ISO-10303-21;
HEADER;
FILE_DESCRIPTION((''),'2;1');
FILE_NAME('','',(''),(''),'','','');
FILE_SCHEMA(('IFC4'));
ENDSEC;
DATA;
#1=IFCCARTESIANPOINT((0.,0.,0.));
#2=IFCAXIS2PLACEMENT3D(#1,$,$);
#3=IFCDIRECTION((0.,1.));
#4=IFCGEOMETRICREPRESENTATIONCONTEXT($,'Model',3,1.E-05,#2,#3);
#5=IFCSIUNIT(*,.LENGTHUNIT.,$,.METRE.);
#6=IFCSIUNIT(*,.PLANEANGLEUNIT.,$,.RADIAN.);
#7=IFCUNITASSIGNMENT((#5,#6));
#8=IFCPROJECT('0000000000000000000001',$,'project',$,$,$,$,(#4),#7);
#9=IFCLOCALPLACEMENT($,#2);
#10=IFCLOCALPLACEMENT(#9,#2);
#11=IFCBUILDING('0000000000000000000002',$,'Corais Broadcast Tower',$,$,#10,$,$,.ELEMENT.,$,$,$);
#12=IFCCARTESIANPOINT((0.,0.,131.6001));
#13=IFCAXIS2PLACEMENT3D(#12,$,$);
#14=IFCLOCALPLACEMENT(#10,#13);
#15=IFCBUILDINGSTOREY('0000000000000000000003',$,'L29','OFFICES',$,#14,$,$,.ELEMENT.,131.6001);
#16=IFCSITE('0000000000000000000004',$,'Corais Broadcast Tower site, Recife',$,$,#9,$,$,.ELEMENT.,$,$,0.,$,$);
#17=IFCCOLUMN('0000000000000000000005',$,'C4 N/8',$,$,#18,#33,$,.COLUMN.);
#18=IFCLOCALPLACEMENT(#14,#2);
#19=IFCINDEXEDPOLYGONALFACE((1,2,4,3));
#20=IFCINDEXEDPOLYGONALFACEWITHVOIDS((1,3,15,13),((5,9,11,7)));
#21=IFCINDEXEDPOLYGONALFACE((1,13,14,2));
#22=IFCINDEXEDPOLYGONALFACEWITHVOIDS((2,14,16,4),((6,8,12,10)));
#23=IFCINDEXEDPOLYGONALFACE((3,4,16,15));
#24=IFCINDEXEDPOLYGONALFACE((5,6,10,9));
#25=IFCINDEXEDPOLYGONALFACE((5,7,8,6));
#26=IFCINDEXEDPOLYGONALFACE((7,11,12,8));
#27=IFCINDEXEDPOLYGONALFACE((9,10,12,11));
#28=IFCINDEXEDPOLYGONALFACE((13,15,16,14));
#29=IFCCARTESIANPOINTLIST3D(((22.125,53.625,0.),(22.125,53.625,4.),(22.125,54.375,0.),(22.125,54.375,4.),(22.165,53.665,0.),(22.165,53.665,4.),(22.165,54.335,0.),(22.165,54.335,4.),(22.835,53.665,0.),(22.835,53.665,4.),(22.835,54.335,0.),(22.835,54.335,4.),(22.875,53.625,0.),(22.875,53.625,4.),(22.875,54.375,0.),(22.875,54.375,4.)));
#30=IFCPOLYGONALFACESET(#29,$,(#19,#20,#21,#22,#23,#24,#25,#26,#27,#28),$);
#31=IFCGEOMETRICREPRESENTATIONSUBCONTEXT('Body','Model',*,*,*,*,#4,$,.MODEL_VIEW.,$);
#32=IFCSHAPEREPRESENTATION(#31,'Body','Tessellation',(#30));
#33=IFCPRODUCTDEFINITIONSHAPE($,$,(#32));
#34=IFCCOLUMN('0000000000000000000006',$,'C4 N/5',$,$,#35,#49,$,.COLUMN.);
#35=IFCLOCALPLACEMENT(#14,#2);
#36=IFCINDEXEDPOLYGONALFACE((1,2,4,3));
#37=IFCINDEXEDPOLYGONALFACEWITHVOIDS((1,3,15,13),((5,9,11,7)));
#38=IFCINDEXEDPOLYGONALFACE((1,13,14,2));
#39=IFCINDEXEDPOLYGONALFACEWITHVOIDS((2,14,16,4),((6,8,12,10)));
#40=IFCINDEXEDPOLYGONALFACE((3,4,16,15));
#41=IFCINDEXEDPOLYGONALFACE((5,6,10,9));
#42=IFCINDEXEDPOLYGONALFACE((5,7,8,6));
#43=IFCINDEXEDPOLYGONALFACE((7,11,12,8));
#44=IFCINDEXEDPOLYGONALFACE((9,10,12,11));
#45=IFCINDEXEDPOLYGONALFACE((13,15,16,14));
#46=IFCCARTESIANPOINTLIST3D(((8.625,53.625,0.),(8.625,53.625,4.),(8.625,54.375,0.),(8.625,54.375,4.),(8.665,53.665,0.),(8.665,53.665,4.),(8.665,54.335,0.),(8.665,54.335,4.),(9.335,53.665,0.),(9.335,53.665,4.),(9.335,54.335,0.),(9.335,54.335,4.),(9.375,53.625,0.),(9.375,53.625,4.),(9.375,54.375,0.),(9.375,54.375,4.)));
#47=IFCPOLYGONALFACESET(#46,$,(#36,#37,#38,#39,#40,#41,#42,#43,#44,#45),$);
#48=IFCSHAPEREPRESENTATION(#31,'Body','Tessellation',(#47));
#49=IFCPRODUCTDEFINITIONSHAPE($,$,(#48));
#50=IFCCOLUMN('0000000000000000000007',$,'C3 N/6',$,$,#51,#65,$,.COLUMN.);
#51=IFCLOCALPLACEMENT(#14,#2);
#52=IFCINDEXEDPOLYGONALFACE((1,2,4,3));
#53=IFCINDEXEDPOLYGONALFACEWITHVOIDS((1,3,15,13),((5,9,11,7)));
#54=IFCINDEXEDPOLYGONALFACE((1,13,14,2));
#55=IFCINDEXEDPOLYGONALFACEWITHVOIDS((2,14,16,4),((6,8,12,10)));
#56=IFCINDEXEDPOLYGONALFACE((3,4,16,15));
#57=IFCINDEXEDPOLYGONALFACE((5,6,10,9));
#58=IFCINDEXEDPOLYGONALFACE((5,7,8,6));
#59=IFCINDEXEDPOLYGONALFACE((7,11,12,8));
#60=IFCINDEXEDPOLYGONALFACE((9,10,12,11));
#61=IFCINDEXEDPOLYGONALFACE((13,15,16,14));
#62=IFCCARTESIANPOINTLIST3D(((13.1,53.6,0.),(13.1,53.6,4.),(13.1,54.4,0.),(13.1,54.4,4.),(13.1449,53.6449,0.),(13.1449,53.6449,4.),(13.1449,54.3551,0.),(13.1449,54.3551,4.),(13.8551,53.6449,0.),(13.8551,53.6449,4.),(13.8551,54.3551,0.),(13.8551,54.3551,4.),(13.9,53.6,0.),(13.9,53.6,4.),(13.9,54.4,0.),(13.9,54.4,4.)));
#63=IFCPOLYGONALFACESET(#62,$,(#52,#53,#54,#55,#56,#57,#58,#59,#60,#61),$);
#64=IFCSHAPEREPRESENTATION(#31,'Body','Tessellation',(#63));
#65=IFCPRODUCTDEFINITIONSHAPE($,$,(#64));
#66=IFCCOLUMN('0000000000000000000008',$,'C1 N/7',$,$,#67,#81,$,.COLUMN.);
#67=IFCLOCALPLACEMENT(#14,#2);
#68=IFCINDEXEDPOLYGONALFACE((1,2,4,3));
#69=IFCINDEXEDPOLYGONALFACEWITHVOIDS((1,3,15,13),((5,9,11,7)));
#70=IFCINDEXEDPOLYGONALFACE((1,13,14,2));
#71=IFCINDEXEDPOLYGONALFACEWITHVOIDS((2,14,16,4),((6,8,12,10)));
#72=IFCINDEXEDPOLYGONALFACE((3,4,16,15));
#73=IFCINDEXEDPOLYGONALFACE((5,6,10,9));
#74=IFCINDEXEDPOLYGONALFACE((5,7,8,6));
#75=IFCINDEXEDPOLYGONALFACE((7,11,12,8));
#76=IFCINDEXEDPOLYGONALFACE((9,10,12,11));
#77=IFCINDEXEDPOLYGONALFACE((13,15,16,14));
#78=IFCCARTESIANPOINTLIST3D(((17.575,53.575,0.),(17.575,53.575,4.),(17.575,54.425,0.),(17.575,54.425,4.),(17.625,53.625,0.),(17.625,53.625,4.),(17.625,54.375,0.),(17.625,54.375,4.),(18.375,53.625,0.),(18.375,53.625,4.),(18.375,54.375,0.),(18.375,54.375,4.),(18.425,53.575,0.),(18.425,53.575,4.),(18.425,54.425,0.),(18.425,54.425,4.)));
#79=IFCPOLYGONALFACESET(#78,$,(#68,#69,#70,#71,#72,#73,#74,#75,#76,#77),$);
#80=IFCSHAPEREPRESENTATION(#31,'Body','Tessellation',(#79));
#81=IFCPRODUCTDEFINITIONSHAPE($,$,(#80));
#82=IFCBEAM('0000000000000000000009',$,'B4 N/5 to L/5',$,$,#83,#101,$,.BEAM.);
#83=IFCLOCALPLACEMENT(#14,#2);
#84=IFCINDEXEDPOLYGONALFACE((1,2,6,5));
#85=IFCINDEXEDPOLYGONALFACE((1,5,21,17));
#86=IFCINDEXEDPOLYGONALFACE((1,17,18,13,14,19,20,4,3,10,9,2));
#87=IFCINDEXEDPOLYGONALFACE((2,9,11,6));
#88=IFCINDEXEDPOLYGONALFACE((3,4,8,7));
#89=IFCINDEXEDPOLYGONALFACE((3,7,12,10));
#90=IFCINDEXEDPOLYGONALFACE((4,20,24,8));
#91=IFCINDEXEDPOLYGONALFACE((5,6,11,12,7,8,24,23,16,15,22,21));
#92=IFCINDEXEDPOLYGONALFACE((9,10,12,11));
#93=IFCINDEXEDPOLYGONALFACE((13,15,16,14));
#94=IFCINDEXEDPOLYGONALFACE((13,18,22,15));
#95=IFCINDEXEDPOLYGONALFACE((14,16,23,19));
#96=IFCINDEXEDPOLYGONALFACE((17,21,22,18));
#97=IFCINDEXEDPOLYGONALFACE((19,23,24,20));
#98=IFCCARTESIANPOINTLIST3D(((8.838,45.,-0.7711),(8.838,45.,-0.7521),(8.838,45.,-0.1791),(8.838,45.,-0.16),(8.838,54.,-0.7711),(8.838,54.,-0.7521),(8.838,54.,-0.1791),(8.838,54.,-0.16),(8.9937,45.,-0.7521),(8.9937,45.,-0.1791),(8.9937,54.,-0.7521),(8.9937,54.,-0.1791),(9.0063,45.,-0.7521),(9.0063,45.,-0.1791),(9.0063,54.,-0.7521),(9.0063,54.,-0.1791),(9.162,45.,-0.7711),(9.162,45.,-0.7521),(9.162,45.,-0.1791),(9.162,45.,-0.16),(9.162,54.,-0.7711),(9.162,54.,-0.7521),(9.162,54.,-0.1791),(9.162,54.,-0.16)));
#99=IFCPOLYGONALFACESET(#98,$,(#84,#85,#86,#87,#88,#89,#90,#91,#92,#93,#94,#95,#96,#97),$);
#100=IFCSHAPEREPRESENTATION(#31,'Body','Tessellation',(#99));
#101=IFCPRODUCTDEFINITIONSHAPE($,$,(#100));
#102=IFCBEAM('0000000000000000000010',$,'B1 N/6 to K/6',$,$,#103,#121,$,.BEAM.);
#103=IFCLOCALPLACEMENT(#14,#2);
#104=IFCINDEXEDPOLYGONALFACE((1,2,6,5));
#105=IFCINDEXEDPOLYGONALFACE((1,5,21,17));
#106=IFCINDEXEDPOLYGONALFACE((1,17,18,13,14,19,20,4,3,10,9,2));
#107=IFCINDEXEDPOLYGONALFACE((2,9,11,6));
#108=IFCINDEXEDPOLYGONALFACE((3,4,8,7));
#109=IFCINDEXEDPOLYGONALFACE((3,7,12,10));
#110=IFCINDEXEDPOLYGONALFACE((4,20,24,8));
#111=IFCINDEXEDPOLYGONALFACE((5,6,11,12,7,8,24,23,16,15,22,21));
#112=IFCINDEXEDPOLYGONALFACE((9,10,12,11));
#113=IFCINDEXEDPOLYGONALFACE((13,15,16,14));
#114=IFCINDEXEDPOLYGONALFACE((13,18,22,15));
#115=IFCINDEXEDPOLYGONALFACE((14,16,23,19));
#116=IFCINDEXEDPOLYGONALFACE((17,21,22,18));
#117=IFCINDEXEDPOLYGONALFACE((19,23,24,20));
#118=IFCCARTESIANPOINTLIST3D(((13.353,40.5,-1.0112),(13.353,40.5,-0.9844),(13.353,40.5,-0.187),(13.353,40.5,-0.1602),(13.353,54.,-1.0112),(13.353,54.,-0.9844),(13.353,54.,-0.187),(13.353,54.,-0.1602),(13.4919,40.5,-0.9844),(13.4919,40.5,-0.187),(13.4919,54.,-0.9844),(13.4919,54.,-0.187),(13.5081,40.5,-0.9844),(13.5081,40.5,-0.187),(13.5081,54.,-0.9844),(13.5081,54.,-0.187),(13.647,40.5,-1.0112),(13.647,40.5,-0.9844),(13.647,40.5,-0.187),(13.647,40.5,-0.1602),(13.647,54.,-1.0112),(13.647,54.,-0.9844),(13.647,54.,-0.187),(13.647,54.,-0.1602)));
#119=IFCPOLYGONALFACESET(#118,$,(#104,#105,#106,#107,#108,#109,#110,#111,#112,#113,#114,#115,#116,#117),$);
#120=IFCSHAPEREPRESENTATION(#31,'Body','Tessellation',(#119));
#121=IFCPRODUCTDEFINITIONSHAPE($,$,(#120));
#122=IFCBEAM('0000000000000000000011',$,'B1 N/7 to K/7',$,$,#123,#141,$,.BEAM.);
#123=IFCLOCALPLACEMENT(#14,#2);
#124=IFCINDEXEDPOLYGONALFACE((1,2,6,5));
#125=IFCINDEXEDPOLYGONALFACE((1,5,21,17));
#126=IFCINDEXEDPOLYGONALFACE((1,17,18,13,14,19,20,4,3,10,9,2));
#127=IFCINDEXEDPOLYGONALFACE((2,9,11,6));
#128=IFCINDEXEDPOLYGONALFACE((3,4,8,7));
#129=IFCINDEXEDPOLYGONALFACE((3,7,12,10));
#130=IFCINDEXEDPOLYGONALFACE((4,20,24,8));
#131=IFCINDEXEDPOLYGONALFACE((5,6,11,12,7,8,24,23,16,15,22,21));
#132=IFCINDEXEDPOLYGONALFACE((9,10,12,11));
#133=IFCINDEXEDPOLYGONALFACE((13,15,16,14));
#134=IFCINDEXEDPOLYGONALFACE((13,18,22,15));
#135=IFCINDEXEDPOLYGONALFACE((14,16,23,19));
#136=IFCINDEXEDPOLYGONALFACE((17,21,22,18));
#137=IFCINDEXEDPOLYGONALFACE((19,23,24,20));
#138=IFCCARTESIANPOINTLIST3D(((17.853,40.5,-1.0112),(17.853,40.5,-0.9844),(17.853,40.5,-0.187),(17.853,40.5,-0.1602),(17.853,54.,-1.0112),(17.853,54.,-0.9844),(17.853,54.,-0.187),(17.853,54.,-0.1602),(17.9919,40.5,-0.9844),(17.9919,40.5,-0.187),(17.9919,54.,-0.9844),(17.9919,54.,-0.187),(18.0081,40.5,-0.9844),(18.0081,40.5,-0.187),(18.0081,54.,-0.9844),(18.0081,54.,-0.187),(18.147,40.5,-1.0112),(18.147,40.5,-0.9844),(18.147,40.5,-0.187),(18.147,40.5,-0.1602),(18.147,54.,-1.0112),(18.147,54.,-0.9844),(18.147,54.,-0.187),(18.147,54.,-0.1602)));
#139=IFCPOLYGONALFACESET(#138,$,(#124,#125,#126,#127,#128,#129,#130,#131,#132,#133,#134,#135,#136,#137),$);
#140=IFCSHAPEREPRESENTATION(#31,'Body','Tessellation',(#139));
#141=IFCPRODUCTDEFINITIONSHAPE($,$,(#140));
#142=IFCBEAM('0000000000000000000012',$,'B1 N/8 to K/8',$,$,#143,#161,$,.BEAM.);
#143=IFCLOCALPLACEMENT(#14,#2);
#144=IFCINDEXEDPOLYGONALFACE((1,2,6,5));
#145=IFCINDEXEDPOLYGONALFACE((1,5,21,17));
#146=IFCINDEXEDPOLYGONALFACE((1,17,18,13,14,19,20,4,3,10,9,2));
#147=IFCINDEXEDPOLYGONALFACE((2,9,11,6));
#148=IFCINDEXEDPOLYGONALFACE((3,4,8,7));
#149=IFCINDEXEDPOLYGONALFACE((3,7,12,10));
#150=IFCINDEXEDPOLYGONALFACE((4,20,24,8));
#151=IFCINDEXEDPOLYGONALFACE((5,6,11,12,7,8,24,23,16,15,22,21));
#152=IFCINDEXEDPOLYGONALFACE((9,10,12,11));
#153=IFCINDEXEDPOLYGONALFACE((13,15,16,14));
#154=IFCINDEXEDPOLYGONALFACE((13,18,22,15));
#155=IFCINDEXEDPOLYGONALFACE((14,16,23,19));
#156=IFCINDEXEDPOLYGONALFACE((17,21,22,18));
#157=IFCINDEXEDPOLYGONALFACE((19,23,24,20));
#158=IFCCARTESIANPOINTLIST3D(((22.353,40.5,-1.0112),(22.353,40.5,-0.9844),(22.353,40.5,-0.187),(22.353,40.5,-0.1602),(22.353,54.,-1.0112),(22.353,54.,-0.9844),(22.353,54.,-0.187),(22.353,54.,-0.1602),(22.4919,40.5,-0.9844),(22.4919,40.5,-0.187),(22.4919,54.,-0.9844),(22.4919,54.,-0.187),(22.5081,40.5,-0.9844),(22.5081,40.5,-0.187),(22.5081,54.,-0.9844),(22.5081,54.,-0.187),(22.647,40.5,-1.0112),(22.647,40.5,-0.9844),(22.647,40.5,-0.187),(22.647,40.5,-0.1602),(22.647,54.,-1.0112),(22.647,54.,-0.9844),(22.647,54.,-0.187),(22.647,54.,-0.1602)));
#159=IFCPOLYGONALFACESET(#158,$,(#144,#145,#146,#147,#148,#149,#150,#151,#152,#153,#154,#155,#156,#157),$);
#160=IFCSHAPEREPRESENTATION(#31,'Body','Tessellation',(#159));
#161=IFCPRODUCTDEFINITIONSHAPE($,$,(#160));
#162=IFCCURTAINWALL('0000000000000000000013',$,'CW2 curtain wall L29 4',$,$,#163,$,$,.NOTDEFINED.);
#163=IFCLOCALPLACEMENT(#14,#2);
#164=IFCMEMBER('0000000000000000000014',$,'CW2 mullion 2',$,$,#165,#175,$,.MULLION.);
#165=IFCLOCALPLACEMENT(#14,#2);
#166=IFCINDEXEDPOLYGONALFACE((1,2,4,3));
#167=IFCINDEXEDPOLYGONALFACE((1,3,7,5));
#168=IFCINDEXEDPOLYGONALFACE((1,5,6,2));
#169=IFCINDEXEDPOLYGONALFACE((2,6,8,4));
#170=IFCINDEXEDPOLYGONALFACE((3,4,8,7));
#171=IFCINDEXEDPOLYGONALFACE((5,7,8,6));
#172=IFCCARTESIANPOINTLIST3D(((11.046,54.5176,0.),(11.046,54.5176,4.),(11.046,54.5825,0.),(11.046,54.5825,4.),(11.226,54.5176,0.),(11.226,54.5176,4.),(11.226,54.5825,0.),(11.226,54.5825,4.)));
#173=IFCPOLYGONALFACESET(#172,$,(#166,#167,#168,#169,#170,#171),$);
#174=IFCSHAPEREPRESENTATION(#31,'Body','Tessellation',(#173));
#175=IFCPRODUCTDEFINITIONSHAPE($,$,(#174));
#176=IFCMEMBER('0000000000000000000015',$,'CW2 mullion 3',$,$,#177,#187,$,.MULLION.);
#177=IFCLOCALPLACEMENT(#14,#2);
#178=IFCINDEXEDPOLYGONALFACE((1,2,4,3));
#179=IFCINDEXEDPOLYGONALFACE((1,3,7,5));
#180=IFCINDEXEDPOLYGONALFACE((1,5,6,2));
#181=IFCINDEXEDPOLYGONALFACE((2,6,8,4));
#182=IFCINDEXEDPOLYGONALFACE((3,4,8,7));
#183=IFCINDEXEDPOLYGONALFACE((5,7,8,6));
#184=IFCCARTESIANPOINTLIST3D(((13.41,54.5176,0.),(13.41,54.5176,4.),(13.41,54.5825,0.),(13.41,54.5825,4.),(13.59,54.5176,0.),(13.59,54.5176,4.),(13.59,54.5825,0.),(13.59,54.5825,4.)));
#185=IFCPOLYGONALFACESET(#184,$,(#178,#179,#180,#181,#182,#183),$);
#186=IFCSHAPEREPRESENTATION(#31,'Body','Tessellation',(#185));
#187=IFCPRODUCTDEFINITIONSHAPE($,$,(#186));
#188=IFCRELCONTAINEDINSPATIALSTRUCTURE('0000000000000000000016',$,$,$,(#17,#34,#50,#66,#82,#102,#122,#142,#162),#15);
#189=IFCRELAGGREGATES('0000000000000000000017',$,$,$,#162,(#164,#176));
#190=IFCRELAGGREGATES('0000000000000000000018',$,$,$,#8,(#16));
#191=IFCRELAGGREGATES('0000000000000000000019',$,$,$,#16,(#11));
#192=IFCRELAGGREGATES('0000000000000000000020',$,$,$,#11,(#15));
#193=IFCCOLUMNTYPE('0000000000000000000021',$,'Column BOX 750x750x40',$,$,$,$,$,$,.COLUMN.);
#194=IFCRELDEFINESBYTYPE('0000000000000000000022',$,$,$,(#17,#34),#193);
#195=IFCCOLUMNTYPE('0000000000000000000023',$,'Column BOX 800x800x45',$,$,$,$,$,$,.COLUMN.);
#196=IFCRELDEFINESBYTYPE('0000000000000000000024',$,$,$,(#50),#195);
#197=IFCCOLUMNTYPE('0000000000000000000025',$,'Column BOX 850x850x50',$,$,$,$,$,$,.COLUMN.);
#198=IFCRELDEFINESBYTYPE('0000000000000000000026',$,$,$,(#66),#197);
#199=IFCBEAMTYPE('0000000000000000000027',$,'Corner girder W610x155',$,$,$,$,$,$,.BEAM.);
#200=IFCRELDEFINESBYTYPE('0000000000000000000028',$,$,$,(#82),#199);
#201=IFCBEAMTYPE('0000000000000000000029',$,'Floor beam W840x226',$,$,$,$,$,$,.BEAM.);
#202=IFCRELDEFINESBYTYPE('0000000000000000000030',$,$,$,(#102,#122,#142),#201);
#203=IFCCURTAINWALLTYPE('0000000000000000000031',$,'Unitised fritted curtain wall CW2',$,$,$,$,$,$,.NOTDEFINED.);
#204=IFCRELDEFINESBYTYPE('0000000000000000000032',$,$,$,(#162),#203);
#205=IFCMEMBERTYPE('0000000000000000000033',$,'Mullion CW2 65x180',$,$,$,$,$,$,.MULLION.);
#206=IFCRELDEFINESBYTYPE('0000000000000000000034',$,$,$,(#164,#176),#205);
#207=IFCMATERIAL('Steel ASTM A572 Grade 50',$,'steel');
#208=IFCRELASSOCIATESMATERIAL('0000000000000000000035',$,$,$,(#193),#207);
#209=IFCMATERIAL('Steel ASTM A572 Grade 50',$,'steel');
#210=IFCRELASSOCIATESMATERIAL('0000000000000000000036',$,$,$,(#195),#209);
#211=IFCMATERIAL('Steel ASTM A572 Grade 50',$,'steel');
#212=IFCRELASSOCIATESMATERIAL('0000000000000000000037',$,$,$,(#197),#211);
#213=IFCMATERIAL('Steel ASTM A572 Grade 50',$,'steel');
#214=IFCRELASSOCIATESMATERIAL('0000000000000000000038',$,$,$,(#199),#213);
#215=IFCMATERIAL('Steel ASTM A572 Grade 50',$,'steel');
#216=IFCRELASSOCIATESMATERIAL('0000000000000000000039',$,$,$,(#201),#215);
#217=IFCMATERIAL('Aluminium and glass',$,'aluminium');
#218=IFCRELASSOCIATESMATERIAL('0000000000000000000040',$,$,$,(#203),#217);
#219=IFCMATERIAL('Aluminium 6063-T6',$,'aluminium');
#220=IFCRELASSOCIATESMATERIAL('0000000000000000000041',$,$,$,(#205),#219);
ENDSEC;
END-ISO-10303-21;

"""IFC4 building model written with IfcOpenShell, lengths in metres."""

from ifc_helpers import new_model, si_unit, direction, frame, origin, origin_2d, place, context, subcontext, project, spatial, rectangle, hollow_rectangle, i_section, extrude, material, material_profile, profile_set, type_object, element, aggregate, save


model = new_model("IFC4")

# Units and contexts
model_context = context("Model", 3, precision=1e-05, world=origin(), true_north=direction((0.0, 1.0)))
body_context = subcontext(model_context, "Body", "Model", "MODEL_VIEW")
ifc_project = project(units=[si_unit("LENGTHUNIT", "METRE"), si_unit("PLANEANGLEUNIT", "RADIAN")], contexts=[model_context])

# Site, building, storey
site_placement = place(None, origin())
site = spatial("IfcSite", under=ifc_project, at=site_placement, Name="Corais Broadcast Tower site, Recife", CompositionType="ELEMENT", RefElevation=0.0)
building_placement = place(site_placement, origin())
building = spatial("IfcBuilding", under=site, at=building_placement, Name="Corais Broadcast Tower", CompositionType="ELEMENT")
storey_placement = place(building_placement, frame((0.0, 0.0, 131.6001)))
storey = spatial("IfcBuildingStorey", under=building, at=storey_placement, Name="L29", Description="OFFICES", CompositionType="ELEMENT", Elevation=131.6001)

# Columns
ifc_material_1 = material(Name="Steel ASTM A572 Grade 50", Category="steel")
ifc_material_profile_1 = material_profile(ifc_material_1, hollow_rectangle(XDim=0.75, YDim=0.75, WallThickness=0.04, at=origin_2d()), Name="BOX 750x750x40")
ifc_profile_set_1 = profile_set([ifc_material_profile_1], Name="Steel ASTM A572 Grade 50")
column_type_1 = type_object("IfcColumnType", Name="Column BOX 750x750x40", PredefinedType="COLUMN", material=ifc_profile_set_1)
for number, where, z_axis, x_axis, name in (
    (1, (22.5, 54.0, 0.0), (0.0, 0.0, 1.0), (1.0, 0.0, 0.0), "C4 N/8"),
    (2, (9.0, 54.0, 0.0), (0.0, 0.0, 1.0), (1.0, 0.0, 0.0), "C4 N/5"),
):
    element("IfcColumn", number, at=place(storey_placement, frame(where, z_axis=z_axis, x_axis=x_axis)), inside=storey, type_object=column_type_1, Name=name, PredefinedType="COLUMN", context=body_context, shape_type="SweptSolid", body=[
        extrude(hollow_rectangle(XDim=0.75, YDim=0.75, WallThickness=0.04, at=origin_2d()), origin(), (0.0, 0.0, 1.0), 4.0),
    ])
ifc_material_2 = material(Name="Steel ASTM A572 Grade 50", Category="steel")
ifc_material_profile_2 = material_profile(ifc_material_2, hollow_rectangle(XDim=0.8, YDim=0.8, WallThickness=0.0449, at=origin_2d()), Name="BOX 800x800x45")
ifc_profile_set_2 = profile_set([ifc_material_profile_2], Name="Steel ASTM A572 Grade 50")
column_type_2 = type_object("IfcColumnType", Name="Column BOX 800x800x45", PredefinedType="COLUMN", material=ifc_profile_set_2)
column_1_placement = place(storey_placement, frame((13.5, 54.0, 0.0), z_axis=(0.0, 0.0, 1.0), x_axis=(1.0, 0.0, 0.0)))
element("IfcColumn", 3, at=column_1_placement, inside=storey, type_object=column_type_2, Name="C3 N/6", PredefinedType="COLUMN", context=body_context, shape_type="SweptSolid", body=[
    extrude(hollow_rectangle(XDim=0.8, YDim=0.8, WallThickness=0.0449, at=origin_2d()), origin(), (0.0, 0.0, 1.0), 4.0),
])
ifc_material_3 = material(Name="Steel ASTM A572 Grade 50", Category="steel")
ifc_material_profile_3 = material_profile(ifc_material_3, hollow_rectangle(XDim=0.8501, YDim=0.8501, WallThickness=0.05, at=origin_2d()), Name="BOX 850x850x50")
ifc_profile_set_3 = profile_set([ifc_material_profile_3], Name="Steel ASTM A572 Grade 50")
column_type_3 = type_object("IfcColumnType", Name="Column BOX 850x850x50", PredefinedType="COLUMN", material=ifc_profile_set_3)
column_2_placement = place(storey_placement, frame((18.0, 54.0, 0.0), z_axis=(0.0, 0.0, 1.0), x_axis=(1.0, 0.0, 0.0)))
element("IfcColumn", 4, at=column_2_placement, inside=storey, type_object=column_type_3, Name="C1 N/7", PredefinedType="COLUMN", context=body_context, shape_type="SweptSolid", body=[
    extrude(hollow_rectangle(XDim=0.8501, YDim=0.8501, WallThickness=0.05, at=origin_2d()), origin(), (0.0, 0.0, 1.0), 4.0),
])

# Beams
ifc_material_4 = material(Name="Steel ASTM A572 Grade 50", Category="steel")
ifc_material_profile_4 = material_profile(ifc_material_4, i_section(OverallWidth=0.324, OverallDepth=0.6111, WebThickness=0.0127, FlangeThickness=0.019, at=origin_2d()), Name="W610x155")
ifc_profile_set_4 = profile_set([ifc_material_profile_4], Name="Steel ASTM A572 Grade 50")
beam_type_1 = type_object("IfcBeamType", Name="Corner girder W610x155", PredefinedType="BEAM", material=ifc_profile_set_4)
beam_1_placement = place(storey_placement, frame((9.0, 54.0, -0.4656), z_axis=(0.0, -1.0, 0.0), x_axis=(1.0, 0.0, 0.0)))
element("IfcBeam", 5, at=beam_1_placement, inside=storey, type_object=beam_type_1, Name="B4 N/5 to L/5", PredefinedType="BEAM", context=body_context, shape_type="SweptSolid", body=[
    extrude(i_section(OverallWidth=0.324, OverallDepth=0.6111, WebThickness=0.0127, FlangeThickness=0.019, at=origin_2d()), origin(), (0.0, 0.0, 1.0), 9.0),
])
ifc_material_5 = material(Name="Steel ASTM A572 Grade 50", Category="steel")
ifc_material_profile_5 = material_profile(ifc_material_5, i_section(OverallWidth=0.2939, OverallDepth=0.8511, WebThickness=0.0161, FlangeThickness=0.0269, at=origin_2d()), Name="W840x226")
ifc_profile_set_5 = profile_set([ifc_material_profile_5], Name="Steel ASTM A572 Grade 50")
beam_type_2 = type_object("IfcBeamType", Name="Floor beam W840x226", PredefinedType="BEAM", material=ifc_profile_set_5)
for number, where, z_axis, x_axis, name in (
    (6, (13.5, 54.0, -0.5857), (0.0, -1.0, 0.0), (1.0, 0.0, 0.0), "B1 N/6 to K/6"),
    (7, (18.0, 54.0, -0.5857), (0.0, -1.0, 0.0), (1.0, 0.0, 0.0), "B1 N/7 to K/7"),
    (8, (22.5, 54.0, -0.5857), (0.0, -1.0, 0.0), (1.0, 0.0, 0.0), "B1 N/8 to K/8"),
):
    element("IfcBeam", number, at=place(storey_placement, frame(where, z_axis=z_axis, x_axis=x_axis)), inside=storey, type_object=beam_type_2, Name=name, PredefinedType="BEAM", context=body_context, shape_type="SweptSolid", body=[
        extrude(i_section(OverallWidth=0.2939, OverallDepth=0.8511, WebThickness=0.0161, FlangeThickness=0.0269, at=origin_2d()), origin(), (0.0, 0.0, 1.0), 13.5),
    ])

# Curtain wall, members
ifc_material_6 = material(Name="Aluminium and glass", Category="aluminium")
curtain_wall_type = type_object("IfcCurtainWallType", Name="Unitised fritted curtain wall CW2", PredefinedType="NOTDEFINED", material=ifc_material_6)
curtain_wall_placement = place(storey_placement, origin())
curtain_wall = element("IfcCurtainWall", 9, at=curtain_wall_placement, inside=storey, type_object=curtain_wall_type, Name="CW2 curtain wall L29 4", PredefinedType="NOTDEFINED")
ifc_material_7 = material(Name="Aluminium 6063-T6", Category="aluminium")
ifc_material_profile_6 = material_profile(ifc_material_7, rectangle(XDim=0.0649, YDim=0.1799, at=origin_2d()), Name="Mullion CW2 65x180")
ifc_profile_set_6 = profile_set([ifc_material_profile_6], Name="Aluminium 6063-T6")
member_type_1 = type_object("IfcMemberType", Name="Mullion CW2 65x180", PredefinedType="MULLION", material=ifc_profile_set_6)
member_1_placement = place(storey_placement, frame((11.136, 54.55, 0.0), z_axis=(0.0, 0.0, 1.0), x_axis=(0.0, 1.0, 0.0)))
member_1 = element("IfcMember", 10, at=member_1_placement, type_object=member_type_1, Name="CW2 mullion 2", PredefinedType="MULLION", context=body_context, shape_type="SweptSolid", body=[
    extrude(rectangle(XDim=0.0649, YDim=0.1799, at=origin_2d()), origin(), (0.0, 0.0, 1.0), 4.0),
])
member_2_placement = place(storey_placement, frame((13.5, 54.55, 0.0), z_axis=(0.0, 0.0, 1.0), x_axis=(0.0, 1.0, 0.0)))
member_2 = element("IfcMember", 11, at=member_2_placement, type_object=member_type_1, Name="CW2 mullion 3", PredefinedType="MULLION", context=body_context, shape_type="SweptSolid", body=[
    extrude(rectangle(XDim=0.0649, YDim=0.1799, at=origin_2d()), origin(), (0.0, 0.0, 1.0), 4.0),
])

aggregate(curtain_wall, [member_1, member_2])

save(model, "model.ifc")
